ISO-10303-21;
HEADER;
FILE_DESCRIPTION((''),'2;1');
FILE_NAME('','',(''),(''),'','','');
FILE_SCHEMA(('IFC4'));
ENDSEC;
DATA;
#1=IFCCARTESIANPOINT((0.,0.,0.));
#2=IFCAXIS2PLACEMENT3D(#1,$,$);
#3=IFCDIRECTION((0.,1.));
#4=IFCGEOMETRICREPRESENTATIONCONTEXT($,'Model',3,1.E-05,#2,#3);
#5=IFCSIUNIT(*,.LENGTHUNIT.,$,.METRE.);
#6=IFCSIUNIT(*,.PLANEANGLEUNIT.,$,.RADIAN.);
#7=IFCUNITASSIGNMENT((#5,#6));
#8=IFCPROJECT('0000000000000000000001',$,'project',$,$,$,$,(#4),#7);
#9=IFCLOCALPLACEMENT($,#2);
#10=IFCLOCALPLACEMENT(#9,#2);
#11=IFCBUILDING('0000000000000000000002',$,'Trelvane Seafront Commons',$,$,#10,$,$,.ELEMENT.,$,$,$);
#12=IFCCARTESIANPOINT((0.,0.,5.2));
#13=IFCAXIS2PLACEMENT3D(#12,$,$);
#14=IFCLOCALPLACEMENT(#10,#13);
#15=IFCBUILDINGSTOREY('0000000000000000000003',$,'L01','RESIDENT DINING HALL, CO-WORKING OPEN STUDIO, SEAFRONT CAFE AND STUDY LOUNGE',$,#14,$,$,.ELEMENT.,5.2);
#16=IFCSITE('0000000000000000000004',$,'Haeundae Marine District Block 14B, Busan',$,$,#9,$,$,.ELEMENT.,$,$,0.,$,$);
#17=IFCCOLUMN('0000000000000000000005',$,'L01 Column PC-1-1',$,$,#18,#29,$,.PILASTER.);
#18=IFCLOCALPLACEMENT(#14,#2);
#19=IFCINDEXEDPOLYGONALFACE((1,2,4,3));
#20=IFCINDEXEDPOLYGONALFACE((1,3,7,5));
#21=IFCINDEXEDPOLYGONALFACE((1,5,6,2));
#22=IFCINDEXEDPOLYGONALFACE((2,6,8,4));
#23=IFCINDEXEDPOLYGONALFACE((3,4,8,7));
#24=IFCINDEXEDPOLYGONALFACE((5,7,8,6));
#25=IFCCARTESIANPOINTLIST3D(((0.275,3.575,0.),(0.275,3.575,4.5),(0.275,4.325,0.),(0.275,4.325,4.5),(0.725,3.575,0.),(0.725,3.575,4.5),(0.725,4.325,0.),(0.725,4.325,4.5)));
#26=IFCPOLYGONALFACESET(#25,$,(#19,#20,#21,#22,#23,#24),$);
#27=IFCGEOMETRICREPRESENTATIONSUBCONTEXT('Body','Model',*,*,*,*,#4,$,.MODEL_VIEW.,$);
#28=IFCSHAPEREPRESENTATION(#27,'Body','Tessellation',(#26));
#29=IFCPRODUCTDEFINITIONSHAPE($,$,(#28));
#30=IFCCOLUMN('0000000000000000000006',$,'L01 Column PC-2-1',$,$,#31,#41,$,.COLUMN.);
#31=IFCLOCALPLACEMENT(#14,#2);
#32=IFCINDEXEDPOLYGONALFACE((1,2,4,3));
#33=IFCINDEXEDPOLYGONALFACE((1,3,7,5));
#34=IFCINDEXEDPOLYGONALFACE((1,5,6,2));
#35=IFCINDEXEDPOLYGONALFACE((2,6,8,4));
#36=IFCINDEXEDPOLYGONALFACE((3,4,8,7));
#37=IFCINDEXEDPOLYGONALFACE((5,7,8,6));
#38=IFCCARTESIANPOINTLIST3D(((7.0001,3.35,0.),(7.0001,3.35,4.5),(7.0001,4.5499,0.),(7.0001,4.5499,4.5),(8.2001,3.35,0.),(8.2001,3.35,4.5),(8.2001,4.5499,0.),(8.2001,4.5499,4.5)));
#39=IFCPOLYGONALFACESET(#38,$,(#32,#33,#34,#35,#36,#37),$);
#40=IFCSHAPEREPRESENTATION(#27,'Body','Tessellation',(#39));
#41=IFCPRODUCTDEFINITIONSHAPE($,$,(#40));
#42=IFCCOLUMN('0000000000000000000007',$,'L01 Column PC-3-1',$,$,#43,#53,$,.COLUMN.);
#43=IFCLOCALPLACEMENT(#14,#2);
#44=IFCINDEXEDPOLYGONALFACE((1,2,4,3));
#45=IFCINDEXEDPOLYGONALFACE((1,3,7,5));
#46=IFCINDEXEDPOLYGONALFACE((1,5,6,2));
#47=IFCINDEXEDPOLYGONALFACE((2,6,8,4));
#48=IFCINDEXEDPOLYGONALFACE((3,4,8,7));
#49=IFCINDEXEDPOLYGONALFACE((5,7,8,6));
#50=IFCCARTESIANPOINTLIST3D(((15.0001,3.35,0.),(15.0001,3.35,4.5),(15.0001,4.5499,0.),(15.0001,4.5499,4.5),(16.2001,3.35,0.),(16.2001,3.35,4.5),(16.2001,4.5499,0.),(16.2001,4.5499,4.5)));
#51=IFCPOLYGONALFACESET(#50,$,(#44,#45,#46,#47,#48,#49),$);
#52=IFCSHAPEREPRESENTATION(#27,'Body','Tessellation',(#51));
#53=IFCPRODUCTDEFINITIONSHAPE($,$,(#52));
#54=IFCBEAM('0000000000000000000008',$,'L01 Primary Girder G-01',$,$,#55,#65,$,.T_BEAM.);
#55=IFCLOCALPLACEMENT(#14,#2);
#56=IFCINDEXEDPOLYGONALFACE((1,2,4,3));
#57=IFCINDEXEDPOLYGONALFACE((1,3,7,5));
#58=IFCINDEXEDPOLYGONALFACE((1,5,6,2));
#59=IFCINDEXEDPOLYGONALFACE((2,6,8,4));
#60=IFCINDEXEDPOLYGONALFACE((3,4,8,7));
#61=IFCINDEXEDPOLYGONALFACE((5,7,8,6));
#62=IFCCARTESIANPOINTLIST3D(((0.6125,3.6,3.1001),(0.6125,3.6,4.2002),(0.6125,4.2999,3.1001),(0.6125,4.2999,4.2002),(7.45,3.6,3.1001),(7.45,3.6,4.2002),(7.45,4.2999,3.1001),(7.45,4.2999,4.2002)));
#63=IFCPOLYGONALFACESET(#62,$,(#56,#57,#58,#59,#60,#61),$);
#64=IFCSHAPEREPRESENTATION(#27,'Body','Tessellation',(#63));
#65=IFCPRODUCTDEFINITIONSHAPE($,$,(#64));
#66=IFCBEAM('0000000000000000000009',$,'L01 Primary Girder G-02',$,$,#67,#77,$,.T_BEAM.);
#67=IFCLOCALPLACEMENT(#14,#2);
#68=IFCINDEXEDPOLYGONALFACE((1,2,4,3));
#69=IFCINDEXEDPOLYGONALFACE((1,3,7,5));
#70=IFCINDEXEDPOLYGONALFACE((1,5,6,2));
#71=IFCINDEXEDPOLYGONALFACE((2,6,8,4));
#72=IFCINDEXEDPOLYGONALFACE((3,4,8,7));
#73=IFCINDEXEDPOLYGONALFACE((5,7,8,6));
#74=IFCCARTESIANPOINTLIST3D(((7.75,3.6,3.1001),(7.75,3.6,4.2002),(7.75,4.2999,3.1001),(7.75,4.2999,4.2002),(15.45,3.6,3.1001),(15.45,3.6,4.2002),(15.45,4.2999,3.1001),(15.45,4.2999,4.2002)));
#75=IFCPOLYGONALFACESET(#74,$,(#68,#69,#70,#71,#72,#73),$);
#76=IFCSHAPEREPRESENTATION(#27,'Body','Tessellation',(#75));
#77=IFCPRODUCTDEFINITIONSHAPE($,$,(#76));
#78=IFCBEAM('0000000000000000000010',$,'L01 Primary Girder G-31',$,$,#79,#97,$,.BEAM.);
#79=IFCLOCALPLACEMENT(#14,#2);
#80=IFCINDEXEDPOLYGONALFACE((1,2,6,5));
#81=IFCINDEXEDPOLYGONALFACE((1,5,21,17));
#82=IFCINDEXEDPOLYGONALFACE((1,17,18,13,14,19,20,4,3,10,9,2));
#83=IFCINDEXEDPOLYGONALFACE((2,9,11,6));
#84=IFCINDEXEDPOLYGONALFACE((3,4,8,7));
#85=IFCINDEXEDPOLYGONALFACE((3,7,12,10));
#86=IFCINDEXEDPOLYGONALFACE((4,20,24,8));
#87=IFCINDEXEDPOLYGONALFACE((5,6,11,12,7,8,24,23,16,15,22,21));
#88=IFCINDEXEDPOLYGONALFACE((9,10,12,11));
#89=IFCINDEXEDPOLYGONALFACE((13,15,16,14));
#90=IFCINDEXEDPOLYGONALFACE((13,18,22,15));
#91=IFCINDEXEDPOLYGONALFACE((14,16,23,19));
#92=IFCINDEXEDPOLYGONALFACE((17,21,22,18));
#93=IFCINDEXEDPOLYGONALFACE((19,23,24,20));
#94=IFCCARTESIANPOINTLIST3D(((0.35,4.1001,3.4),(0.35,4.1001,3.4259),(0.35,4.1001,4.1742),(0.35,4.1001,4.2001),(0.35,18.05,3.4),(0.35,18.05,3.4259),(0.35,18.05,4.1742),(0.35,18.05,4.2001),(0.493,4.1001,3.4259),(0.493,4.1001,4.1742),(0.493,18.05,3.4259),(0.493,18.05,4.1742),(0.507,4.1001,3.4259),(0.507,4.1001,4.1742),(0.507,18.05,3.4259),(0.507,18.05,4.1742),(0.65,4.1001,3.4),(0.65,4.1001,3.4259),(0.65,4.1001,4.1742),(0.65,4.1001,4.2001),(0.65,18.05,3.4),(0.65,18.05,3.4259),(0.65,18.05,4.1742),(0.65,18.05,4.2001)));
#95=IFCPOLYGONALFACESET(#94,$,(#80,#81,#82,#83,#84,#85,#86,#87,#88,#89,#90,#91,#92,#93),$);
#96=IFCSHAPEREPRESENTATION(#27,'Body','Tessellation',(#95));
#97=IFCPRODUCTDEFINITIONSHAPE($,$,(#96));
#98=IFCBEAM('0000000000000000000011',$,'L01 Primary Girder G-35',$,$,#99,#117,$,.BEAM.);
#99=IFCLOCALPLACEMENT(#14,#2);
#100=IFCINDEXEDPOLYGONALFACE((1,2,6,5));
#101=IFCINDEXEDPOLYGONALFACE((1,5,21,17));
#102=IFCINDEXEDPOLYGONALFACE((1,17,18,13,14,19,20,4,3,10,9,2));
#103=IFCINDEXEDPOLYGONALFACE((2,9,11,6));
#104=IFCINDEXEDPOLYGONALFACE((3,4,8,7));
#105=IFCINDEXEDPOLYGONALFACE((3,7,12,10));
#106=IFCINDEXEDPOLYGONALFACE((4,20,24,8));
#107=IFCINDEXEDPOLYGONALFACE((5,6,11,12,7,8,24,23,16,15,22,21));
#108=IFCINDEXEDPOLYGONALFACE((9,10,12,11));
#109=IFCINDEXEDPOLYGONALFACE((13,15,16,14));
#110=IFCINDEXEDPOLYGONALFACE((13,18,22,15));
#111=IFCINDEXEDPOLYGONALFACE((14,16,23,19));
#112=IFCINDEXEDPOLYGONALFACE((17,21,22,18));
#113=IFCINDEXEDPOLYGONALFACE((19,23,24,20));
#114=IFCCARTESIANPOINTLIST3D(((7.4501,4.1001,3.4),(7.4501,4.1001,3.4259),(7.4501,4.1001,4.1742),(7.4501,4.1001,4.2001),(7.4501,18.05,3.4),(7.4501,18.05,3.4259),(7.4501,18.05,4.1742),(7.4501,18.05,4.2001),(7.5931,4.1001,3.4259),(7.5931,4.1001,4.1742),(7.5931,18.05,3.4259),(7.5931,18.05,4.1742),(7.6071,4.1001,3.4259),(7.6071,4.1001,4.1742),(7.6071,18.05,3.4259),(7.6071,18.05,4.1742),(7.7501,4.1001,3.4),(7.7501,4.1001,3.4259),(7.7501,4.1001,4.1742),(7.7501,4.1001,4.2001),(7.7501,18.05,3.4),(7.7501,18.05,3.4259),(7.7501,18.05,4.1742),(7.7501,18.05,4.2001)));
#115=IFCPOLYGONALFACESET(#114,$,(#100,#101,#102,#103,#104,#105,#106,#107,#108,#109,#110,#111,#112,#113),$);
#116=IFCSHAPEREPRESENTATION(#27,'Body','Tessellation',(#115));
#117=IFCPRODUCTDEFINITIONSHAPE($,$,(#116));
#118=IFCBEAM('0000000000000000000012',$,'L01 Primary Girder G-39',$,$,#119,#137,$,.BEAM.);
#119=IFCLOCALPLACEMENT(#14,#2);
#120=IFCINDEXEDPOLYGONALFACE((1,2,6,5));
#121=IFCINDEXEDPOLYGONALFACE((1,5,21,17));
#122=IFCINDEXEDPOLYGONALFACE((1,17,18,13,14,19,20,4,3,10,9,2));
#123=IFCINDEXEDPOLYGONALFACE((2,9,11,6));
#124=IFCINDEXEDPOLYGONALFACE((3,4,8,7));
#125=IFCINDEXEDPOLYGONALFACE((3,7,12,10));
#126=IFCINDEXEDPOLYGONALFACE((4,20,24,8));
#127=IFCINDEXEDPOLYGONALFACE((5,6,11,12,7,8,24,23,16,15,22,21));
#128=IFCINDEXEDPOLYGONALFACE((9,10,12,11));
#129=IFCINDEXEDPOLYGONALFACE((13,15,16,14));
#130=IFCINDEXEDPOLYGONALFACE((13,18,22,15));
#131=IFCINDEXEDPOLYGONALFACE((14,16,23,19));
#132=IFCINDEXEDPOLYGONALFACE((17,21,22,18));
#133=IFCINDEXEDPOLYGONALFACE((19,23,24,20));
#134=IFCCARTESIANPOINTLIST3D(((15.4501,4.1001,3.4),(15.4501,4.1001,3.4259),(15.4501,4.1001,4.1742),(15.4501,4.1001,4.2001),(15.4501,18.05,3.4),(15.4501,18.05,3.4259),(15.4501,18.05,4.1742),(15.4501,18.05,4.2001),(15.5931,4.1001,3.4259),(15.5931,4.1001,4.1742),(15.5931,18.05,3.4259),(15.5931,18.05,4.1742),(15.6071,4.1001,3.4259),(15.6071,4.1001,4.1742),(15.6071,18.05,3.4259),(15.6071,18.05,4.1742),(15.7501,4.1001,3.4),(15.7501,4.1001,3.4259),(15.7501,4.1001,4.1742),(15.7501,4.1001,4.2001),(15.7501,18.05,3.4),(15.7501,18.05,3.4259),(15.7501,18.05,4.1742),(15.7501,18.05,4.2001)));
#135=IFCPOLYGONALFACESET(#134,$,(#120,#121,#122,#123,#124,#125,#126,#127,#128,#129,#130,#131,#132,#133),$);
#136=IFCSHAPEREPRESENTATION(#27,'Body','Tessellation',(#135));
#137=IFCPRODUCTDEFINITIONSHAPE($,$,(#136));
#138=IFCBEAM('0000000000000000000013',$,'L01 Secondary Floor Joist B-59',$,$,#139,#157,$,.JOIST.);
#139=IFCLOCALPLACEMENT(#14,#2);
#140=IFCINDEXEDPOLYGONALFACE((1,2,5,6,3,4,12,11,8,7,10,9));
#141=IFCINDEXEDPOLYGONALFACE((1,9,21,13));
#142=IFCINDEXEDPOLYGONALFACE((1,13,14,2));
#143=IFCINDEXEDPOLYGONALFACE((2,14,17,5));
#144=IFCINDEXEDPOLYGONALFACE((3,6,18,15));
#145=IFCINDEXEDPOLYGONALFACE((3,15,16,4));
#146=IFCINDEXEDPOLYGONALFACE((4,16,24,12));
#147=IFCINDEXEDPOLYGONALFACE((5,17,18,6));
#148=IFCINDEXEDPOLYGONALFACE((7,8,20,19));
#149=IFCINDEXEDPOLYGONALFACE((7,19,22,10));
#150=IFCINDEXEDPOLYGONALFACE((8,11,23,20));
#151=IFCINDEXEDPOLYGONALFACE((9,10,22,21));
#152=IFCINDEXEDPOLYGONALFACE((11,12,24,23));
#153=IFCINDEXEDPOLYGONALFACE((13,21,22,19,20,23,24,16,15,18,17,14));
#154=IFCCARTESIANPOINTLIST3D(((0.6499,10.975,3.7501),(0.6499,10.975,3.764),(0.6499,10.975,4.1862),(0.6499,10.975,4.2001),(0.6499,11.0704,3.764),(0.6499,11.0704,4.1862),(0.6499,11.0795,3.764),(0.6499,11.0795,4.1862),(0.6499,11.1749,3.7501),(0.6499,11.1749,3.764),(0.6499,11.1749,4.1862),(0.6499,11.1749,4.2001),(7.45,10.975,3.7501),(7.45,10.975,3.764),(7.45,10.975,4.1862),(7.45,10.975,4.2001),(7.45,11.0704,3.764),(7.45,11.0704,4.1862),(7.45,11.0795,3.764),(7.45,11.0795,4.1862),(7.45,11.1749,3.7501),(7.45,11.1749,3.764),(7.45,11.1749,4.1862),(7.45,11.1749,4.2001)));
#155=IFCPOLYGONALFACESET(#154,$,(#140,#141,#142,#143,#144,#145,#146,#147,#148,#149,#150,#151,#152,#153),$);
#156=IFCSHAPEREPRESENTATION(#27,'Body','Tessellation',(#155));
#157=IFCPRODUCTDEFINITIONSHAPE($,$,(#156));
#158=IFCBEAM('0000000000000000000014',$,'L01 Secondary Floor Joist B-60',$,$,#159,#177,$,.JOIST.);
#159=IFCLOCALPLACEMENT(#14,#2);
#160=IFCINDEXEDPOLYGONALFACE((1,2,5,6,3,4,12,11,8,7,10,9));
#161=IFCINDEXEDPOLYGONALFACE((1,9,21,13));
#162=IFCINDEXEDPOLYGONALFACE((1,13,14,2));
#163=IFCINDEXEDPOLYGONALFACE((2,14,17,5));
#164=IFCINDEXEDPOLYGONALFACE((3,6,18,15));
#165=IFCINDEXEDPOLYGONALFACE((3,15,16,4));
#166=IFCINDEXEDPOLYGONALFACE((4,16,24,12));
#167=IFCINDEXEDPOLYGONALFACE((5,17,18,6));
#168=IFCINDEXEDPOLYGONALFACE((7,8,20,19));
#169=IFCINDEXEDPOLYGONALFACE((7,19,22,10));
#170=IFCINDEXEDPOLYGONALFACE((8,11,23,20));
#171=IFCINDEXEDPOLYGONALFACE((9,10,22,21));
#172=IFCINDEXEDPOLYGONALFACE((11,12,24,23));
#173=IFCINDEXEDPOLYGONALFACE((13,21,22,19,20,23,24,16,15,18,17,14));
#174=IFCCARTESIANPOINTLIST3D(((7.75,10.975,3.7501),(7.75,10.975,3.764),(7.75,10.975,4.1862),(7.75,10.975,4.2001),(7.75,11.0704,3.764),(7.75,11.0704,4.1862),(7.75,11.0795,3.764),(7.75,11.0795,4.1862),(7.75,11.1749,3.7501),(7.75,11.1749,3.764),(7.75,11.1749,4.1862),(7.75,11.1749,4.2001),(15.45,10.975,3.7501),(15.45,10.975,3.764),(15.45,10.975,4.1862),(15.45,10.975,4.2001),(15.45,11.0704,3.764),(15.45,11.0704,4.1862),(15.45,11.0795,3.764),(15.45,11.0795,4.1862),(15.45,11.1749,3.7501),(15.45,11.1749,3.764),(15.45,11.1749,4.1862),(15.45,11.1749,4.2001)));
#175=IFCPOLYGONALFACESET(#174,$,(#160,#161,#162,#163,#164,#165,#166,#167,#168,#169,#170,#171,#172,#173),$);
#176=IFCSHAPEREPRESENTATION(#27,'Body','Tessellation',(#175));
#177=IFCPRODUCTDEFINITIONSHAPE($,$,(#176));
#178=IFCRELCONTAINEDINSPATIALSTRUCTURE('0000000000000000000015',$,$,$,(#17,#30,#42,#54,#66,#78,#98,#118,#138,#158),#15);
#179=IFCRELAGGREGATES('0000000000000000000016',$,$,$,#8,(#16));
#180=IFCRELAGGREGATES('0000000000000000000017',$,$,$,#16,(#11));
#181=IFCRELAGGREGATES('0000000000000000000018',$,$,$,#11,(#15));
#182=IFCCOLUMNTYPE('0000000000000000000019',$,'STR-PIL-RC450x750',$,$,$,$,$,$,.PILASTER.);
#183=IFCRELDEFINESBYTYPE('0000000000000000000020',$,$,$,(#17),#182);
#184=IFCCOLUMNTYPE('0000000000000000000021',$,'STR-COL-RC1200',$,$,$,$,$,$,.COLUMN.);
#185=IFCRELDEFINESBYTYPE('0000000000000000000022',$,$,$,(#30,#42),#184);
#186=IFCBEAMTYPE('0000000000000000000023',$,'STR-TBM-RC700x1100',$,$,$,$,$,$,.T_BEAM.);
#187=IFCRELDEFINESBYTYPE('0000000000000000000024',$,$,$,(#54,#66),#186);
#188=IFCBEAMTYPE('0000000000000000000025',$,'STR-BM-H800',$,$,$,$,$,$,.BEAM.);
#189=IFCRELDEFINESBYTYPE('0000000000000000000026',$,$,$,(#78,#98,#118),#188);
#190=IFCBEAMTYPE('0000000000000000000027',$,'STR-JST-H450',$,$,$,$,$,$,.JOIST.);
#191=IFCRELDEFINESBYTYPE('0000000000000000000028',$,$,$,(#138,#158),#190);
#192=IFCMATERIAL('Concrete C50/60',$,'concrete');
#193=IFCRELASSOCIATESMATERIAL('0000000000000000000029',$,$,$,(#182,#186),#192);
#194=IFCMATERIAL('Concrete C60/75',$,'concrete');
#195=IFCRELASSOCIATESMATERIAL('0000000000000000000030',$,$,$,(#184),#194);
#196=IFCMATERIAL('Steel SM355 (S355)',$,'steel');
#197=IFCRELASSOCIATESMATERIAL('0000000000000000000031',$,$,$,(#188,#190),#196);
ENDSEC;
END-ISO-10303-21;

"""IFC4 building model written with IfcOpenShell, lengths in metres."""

from ifc_helpers import new_model, si_unit, direction, frame, origin, origin_2d, place, context, subcontext, project, spatial, rectangle, i_section, extrude, source, transform, mapped, material, material_profile, profile_set, type_object, element, save


model = new_model("IFC4")

# Units and contexts
model_context = context("Model", 3, precision=1e-05, world=origin(), true_north=direction((0.0, 1.0)))
body_context = subcontext(model_context, "Body", "Model", "MODEL_VIEW")
ifc_project = project(units=[si_unit("LENGTHUNIT", "METRE"), si_unit("PLANEANGLEUNIT", "RADIAN")], contexts=[model_context])

# Site, building, storey
site_placement = place(None, origin())
site = spatial("IfcSite", under=ifc_project, at=site_placement, Name="Haeundae Marine District Block 14B, Busan", CompositionType="ELEMENT", RefElevation=0.0)
building_placement = place(site_placement, origin())
building = spatial("IfcBuilding", under=site, at=building_placement, Name="Trelvane Seafront Commons", CompositionType="ELEMENT")
storey_placement = place(building_placement, frame((0.0, 0.0, 5.2)))
storey = spatial("IfcBuildingStorey", under=building, at=storey_placement, Name="L01", Description="RESIDENT DINING HALL, CO-WORKING OPEN STUDIO, SEAFRONT CAFE AND STUDY LOUNGE", CompositionType="ELEMENT", Elevation=5.2)

# Columns
ifc_material_1 = material(Name="Concrete C50/60", Category="concrete")
ifc_material_profile_1 = material_profile(ifc_material_1, rectangle(XDim=0.45, YDim=0.75, at=origin_2d()), Name="RC-450x750")
ifc_profile_set_1 = profile_set([ifc_material_profile_1], Name="Concrete C50/60")
column_type_1 = type_object("IfcColumnType", Name="STR-PIL-RC450x750", PredefinedType="PILASTER", material=ifc_profile_set_1)
shared_shape_1 = source(origin(), body_context, "Body", "SweptSolid", [
    extrude(rectangle(XDim=0.45, YDim=0.75, at=origin_2d()), origin(), (0.0, 0.0, 1.0), 4.5),
])
column_placement = place(storey_placement, frame((0.5, 3.95, 0.0), z_axis=(0.0, 0.0, 1.0), x_axis=(1.0, 0.0, 0.0)))
element("IfcColumn", 1, at=column_placement, inside=storey, type_object=column_type_1, Name="L01 Column PC-1-1", PredefinedType="PILASTER", context=body_context, shape_type="MappedRepresentation", body=[
    mapped(shared_shape_1, transform((0.0, 0.0, 0.0), x_axis=(1.0, 0.0, 0.0), y_axis=(0.0, 1.0, 0.0), z_axis=(0.0, 0.0, 1.0), scale=1.0)),
])
ifc_material_2 = material(Name="Concrete C60/75", Category="concrete")
ifc_material_profile_2 = material_profile(ifc_material_2, rectangle(XDim=1.2, YDim=1.2, at=origin_2d()), Name="RC-1200x1200")
ifc_profile_set_2 = profile_set([ifc_material_profile_2], Name="Concrete C60/75")
column_type_2 = type_object("IfcColumnType", Name="STR-COL-RC1200", PredefinedType="COLUMN", material=ifc_profile_set_2)
shared_shape_2 = source(origin(), body_context, "Body", "SweptSolid", [
    extrude(rectangle(XDim=1.2, YDim=1.2, at=origin_2d()), origin(), (0.0, 0.0, 1.0), 4.5),
])
for number, where, z_axis, x_axis, name in (
    (2, (7.6001, 3.95, 0.0), (0.0, 0.0, 1.0), (1.0, 0.0, 0.0), "L01 Column PC-2-1"),
    (3, (15.6001, 3.95, 0.0), (0.0, 0.0, 1.0), (1.0, 0.0, 0.0), "L01 Column PC-3-1"),
):
    element("IfcColumn", number, at=place(storey_placement, frame(where, z_axis=z_axis, x_axis=x_axis)), inside=storey, type_object=column_type_2, Name=name, PredefinedType="COLUMN", context=body_context, shape_type="MappedRepresentation", body=[
        mapped(shared_shape_2, transform((0.0, 0.0, 0.0), x_axis=(1.0, 0.0, 0.0), y_axis=(0.0, 1.0, 0.0), z_axis=(0.0, 0.0, 1.0), scale=1.0)),
    ])

# Beams
ifc_material_profile_3 = material_profile(ifc_material_1, rectangle(XDim=0.7, YDim=1.1001, at=origin_2d()), Name="RC-700x1100")
ifc_profile_set_3 = profile_set([ifc_material_profile_3], Name="Concrete C50/60")
beam_type_1 = type_object("IfcBeamType", Name="STR-TBM-RC700x1100", PredefinedType="T_BEAM", material=ifc_profile_set_3)
shared_shape_3 = source(origin(), body_context, "Body", "SweptSolid", [
    extrude(rectangle(XDim=0.7, YDim=1.1001, at=origin_2d()), origin(), (0.0, 0.0, 1.0), 6.8374),
])
beam_1_placement = place(storey_placement, frame((0.6125, 3.95, 3.6501), z_axis=(1.0, 0.0, 0.0), x_axis=(0.0, 1.0, 0.0)))
element("IfcBeam", 4, at=beam_1_placement, inside=storey, type_object=beam_type_1, Name="L01 Primary Girder G-01", PredefinedType="T_BEAM", context=body_context, shape_type="MappedRepresentation", body=[
    mapped(shared_shape_3, transform((0.0, 0.0, 0.0), x_axis=(1.0, 0.0, 0.0), y_axis=(0.0, 1.0, 0.0), z_axis=(0.0, 0.0, 1.0), scale=1.0)),
])
shared_shape_4 = source(origin(), body_context, "Body", "SweptSolid", [
    extrude(rectangle(XDim=0.7, YDim=1.1001, at=origin_2d()), origin(), (0.0, 0.0, 1.0), 7.7),
])
beam_2_placement = place(storey_placement, frame((7.75, 3.95, 3.6501), z_axis=(1.0, 0.0, 0.0), x_axis=(0.0, 1.0, 0.0)))
element("IfcBeam", 5, at=beam_2_placement, inside=storey, type_object=beam_type_1, Name="L01 Primary Girder G-02", PredefinedType="T_BEAM", context=body_context, shape_type="MappedRepresentation", body=[
    mapped(shared_shape_4, transform((0.0, 0.0, 0.0), x_axis=(1.0, 0.0, 0.0), y_axis=(0.0, 1.0, 0.0), z_axis=(0.0, 0.0, 1.0), scale=1.0)),
])
ifc_material_3 = material(Name="Steel SM355 (S355)", Category="steel")
ifc_material_profile_4 = material_profile(ifc_material_3, i_section(OverallWidth=0.3, OverallDepth=0.8, WebThickness=0.0139, FlangeThickness=0.0259, at=origin_2d()), Name="H-800x300x14x26")
ifc_profile_set_4 = profile_set([ifc_material_profile_4], Name="Steel SM355 (S355)")
beam_type_2 = type_object("IfcBeamType", Name="STR-BM-H800", PredefinedType="BEAM", material=ifc_profile_set_4)
shared_shape_5 = source(origin(), body_context, "Body", "SweptSolid", [
    extrude(i_section(OverallWidth=0.3, OverallDepth=0.8, WebThickness=0.0139, FlangeThickness=0.0259, at=origin_2d()), origin(), (0.0, 0.0, 1.0), 13.95),
])
for number, where, z_axis, x_axis, name in (
    (6, (0.5, 4.1001, 3.8), (0.0, 1.0, 0.0), (-1.0, 0.0, 0.0), "L01 Primary Girder G-31"),
    (7, (7.6001, 4.1001, 3.8), (0.0, 1.0, 0.0), (-1.0, 0.0, 0.0), "L01 Primary Girder G-35"),
    (8, (15.6001, 4.1001, 3.8), (0.0, 1.0, 0.0), (-1.0, 0.0, 0.0), "L01 Primary Girder G-39"),
):
    element("IfcBeam", number, at=place(storey_placement, frame(where, z_axis=z_axis, x_axis=x_axis)), inside=storey, type_object=beam_type_2, Name=name, PredefinedType="BEAM", context=body_context, shape_type="MappedRepresentation", body=[
        mapped(shared_shape_5, transform((0.0, 0.0, 0.0), x_axis=(1.0, 0.0, 0.0), y_axis=(0.0, 1.0, 0.0), z_axis=(0.0, 0.0, 1.0), scale=1.0)),
    ])
ifc_material_profile_5 = material_profile(ifc_material_3, i_section(OverallWidth=0.2, OverallDepth=0.45, WebThickness=0.009, FlangeThickness=0.0139, at=origin_2d()), Name="H-450x200x9x14")
ifc_profile_set_5 = profile_set([ifc_material_profile_5], Name="Steel SM355 (S355)")
beam_type_3 = type_object("IfcBeamType", Name="STR-JST-H450", PredefinedType="JOIST", material=ifc_profile_set_5)
shared_shape_6 = source(origin(), body_context, "Body", "SweptSolid", [
    extrude(i_section(OverallWidth=0.2, OverallDepth=0.45, WebThickness=0.009, FlangeThickness=0.0139, at=origin_2d()), origin(), (0.0, 0.0, 1.0), 6.8),
])
beam_3_placement = place(storey_placement, frame((0.6499, 11.075, 3.9751), z_axis=(1.0, 0.0, 0.0), x_axis=(0.0, 1.0, 0.0)))
element("IfcBeam", 9, at=beam_3_placement, inside=storey, type_object=beam_type_3, Name="L01 Secondary Floor Joist B-59", PredefinedType="JOIST", context=body_context, shape_type="MappedRepresentation", body=[
    mapped(shared_shape_6, transform((0.0, 0.0, 0.0), x_axis=(1.0, 0.0, 0.0), y_axis=(0.0, 1.0, 0.0), z_axis=(0.0, 0.0, 1.0), scale=1.0)),
])
shared_shape_7 = source(origin(), body_context, "Body", "SweptSolid", [
    extrude(i_section(OverallWidth=0.2, OverallDepth=0.45, WebThickness=0.009, FlangeThickness=0.0139, at=origin_2d()), origin(), (0.0, 0.0, 1.0), 7.7),
])
beam_4_placement = place(storey_placement, frame((7.75, 11.075, 3.9751), z_axis=(1.0, 0.0, 0.0), x_axis=(0.0, 1.0, 0.0)))
element("IfcBeam", 10, at=beam_4_placement, inside=storey, type_object=beam_type_3, Name="L01 Secondary Floor Joist B-60", PredefinedType="JOIST", context=body_context, shape_type="MappedRepresentation", body=[
    mapped(shared_shape_7, transform((0.0, 0.0, 0.0), x_axis=(1.0, 0.0, 0.0), y_axis=(0.0, 1.0, 0.0), z_axis=(0.0, 0.0, 1.0), scale=1.0)),
])

save(model, "model.ifc")
